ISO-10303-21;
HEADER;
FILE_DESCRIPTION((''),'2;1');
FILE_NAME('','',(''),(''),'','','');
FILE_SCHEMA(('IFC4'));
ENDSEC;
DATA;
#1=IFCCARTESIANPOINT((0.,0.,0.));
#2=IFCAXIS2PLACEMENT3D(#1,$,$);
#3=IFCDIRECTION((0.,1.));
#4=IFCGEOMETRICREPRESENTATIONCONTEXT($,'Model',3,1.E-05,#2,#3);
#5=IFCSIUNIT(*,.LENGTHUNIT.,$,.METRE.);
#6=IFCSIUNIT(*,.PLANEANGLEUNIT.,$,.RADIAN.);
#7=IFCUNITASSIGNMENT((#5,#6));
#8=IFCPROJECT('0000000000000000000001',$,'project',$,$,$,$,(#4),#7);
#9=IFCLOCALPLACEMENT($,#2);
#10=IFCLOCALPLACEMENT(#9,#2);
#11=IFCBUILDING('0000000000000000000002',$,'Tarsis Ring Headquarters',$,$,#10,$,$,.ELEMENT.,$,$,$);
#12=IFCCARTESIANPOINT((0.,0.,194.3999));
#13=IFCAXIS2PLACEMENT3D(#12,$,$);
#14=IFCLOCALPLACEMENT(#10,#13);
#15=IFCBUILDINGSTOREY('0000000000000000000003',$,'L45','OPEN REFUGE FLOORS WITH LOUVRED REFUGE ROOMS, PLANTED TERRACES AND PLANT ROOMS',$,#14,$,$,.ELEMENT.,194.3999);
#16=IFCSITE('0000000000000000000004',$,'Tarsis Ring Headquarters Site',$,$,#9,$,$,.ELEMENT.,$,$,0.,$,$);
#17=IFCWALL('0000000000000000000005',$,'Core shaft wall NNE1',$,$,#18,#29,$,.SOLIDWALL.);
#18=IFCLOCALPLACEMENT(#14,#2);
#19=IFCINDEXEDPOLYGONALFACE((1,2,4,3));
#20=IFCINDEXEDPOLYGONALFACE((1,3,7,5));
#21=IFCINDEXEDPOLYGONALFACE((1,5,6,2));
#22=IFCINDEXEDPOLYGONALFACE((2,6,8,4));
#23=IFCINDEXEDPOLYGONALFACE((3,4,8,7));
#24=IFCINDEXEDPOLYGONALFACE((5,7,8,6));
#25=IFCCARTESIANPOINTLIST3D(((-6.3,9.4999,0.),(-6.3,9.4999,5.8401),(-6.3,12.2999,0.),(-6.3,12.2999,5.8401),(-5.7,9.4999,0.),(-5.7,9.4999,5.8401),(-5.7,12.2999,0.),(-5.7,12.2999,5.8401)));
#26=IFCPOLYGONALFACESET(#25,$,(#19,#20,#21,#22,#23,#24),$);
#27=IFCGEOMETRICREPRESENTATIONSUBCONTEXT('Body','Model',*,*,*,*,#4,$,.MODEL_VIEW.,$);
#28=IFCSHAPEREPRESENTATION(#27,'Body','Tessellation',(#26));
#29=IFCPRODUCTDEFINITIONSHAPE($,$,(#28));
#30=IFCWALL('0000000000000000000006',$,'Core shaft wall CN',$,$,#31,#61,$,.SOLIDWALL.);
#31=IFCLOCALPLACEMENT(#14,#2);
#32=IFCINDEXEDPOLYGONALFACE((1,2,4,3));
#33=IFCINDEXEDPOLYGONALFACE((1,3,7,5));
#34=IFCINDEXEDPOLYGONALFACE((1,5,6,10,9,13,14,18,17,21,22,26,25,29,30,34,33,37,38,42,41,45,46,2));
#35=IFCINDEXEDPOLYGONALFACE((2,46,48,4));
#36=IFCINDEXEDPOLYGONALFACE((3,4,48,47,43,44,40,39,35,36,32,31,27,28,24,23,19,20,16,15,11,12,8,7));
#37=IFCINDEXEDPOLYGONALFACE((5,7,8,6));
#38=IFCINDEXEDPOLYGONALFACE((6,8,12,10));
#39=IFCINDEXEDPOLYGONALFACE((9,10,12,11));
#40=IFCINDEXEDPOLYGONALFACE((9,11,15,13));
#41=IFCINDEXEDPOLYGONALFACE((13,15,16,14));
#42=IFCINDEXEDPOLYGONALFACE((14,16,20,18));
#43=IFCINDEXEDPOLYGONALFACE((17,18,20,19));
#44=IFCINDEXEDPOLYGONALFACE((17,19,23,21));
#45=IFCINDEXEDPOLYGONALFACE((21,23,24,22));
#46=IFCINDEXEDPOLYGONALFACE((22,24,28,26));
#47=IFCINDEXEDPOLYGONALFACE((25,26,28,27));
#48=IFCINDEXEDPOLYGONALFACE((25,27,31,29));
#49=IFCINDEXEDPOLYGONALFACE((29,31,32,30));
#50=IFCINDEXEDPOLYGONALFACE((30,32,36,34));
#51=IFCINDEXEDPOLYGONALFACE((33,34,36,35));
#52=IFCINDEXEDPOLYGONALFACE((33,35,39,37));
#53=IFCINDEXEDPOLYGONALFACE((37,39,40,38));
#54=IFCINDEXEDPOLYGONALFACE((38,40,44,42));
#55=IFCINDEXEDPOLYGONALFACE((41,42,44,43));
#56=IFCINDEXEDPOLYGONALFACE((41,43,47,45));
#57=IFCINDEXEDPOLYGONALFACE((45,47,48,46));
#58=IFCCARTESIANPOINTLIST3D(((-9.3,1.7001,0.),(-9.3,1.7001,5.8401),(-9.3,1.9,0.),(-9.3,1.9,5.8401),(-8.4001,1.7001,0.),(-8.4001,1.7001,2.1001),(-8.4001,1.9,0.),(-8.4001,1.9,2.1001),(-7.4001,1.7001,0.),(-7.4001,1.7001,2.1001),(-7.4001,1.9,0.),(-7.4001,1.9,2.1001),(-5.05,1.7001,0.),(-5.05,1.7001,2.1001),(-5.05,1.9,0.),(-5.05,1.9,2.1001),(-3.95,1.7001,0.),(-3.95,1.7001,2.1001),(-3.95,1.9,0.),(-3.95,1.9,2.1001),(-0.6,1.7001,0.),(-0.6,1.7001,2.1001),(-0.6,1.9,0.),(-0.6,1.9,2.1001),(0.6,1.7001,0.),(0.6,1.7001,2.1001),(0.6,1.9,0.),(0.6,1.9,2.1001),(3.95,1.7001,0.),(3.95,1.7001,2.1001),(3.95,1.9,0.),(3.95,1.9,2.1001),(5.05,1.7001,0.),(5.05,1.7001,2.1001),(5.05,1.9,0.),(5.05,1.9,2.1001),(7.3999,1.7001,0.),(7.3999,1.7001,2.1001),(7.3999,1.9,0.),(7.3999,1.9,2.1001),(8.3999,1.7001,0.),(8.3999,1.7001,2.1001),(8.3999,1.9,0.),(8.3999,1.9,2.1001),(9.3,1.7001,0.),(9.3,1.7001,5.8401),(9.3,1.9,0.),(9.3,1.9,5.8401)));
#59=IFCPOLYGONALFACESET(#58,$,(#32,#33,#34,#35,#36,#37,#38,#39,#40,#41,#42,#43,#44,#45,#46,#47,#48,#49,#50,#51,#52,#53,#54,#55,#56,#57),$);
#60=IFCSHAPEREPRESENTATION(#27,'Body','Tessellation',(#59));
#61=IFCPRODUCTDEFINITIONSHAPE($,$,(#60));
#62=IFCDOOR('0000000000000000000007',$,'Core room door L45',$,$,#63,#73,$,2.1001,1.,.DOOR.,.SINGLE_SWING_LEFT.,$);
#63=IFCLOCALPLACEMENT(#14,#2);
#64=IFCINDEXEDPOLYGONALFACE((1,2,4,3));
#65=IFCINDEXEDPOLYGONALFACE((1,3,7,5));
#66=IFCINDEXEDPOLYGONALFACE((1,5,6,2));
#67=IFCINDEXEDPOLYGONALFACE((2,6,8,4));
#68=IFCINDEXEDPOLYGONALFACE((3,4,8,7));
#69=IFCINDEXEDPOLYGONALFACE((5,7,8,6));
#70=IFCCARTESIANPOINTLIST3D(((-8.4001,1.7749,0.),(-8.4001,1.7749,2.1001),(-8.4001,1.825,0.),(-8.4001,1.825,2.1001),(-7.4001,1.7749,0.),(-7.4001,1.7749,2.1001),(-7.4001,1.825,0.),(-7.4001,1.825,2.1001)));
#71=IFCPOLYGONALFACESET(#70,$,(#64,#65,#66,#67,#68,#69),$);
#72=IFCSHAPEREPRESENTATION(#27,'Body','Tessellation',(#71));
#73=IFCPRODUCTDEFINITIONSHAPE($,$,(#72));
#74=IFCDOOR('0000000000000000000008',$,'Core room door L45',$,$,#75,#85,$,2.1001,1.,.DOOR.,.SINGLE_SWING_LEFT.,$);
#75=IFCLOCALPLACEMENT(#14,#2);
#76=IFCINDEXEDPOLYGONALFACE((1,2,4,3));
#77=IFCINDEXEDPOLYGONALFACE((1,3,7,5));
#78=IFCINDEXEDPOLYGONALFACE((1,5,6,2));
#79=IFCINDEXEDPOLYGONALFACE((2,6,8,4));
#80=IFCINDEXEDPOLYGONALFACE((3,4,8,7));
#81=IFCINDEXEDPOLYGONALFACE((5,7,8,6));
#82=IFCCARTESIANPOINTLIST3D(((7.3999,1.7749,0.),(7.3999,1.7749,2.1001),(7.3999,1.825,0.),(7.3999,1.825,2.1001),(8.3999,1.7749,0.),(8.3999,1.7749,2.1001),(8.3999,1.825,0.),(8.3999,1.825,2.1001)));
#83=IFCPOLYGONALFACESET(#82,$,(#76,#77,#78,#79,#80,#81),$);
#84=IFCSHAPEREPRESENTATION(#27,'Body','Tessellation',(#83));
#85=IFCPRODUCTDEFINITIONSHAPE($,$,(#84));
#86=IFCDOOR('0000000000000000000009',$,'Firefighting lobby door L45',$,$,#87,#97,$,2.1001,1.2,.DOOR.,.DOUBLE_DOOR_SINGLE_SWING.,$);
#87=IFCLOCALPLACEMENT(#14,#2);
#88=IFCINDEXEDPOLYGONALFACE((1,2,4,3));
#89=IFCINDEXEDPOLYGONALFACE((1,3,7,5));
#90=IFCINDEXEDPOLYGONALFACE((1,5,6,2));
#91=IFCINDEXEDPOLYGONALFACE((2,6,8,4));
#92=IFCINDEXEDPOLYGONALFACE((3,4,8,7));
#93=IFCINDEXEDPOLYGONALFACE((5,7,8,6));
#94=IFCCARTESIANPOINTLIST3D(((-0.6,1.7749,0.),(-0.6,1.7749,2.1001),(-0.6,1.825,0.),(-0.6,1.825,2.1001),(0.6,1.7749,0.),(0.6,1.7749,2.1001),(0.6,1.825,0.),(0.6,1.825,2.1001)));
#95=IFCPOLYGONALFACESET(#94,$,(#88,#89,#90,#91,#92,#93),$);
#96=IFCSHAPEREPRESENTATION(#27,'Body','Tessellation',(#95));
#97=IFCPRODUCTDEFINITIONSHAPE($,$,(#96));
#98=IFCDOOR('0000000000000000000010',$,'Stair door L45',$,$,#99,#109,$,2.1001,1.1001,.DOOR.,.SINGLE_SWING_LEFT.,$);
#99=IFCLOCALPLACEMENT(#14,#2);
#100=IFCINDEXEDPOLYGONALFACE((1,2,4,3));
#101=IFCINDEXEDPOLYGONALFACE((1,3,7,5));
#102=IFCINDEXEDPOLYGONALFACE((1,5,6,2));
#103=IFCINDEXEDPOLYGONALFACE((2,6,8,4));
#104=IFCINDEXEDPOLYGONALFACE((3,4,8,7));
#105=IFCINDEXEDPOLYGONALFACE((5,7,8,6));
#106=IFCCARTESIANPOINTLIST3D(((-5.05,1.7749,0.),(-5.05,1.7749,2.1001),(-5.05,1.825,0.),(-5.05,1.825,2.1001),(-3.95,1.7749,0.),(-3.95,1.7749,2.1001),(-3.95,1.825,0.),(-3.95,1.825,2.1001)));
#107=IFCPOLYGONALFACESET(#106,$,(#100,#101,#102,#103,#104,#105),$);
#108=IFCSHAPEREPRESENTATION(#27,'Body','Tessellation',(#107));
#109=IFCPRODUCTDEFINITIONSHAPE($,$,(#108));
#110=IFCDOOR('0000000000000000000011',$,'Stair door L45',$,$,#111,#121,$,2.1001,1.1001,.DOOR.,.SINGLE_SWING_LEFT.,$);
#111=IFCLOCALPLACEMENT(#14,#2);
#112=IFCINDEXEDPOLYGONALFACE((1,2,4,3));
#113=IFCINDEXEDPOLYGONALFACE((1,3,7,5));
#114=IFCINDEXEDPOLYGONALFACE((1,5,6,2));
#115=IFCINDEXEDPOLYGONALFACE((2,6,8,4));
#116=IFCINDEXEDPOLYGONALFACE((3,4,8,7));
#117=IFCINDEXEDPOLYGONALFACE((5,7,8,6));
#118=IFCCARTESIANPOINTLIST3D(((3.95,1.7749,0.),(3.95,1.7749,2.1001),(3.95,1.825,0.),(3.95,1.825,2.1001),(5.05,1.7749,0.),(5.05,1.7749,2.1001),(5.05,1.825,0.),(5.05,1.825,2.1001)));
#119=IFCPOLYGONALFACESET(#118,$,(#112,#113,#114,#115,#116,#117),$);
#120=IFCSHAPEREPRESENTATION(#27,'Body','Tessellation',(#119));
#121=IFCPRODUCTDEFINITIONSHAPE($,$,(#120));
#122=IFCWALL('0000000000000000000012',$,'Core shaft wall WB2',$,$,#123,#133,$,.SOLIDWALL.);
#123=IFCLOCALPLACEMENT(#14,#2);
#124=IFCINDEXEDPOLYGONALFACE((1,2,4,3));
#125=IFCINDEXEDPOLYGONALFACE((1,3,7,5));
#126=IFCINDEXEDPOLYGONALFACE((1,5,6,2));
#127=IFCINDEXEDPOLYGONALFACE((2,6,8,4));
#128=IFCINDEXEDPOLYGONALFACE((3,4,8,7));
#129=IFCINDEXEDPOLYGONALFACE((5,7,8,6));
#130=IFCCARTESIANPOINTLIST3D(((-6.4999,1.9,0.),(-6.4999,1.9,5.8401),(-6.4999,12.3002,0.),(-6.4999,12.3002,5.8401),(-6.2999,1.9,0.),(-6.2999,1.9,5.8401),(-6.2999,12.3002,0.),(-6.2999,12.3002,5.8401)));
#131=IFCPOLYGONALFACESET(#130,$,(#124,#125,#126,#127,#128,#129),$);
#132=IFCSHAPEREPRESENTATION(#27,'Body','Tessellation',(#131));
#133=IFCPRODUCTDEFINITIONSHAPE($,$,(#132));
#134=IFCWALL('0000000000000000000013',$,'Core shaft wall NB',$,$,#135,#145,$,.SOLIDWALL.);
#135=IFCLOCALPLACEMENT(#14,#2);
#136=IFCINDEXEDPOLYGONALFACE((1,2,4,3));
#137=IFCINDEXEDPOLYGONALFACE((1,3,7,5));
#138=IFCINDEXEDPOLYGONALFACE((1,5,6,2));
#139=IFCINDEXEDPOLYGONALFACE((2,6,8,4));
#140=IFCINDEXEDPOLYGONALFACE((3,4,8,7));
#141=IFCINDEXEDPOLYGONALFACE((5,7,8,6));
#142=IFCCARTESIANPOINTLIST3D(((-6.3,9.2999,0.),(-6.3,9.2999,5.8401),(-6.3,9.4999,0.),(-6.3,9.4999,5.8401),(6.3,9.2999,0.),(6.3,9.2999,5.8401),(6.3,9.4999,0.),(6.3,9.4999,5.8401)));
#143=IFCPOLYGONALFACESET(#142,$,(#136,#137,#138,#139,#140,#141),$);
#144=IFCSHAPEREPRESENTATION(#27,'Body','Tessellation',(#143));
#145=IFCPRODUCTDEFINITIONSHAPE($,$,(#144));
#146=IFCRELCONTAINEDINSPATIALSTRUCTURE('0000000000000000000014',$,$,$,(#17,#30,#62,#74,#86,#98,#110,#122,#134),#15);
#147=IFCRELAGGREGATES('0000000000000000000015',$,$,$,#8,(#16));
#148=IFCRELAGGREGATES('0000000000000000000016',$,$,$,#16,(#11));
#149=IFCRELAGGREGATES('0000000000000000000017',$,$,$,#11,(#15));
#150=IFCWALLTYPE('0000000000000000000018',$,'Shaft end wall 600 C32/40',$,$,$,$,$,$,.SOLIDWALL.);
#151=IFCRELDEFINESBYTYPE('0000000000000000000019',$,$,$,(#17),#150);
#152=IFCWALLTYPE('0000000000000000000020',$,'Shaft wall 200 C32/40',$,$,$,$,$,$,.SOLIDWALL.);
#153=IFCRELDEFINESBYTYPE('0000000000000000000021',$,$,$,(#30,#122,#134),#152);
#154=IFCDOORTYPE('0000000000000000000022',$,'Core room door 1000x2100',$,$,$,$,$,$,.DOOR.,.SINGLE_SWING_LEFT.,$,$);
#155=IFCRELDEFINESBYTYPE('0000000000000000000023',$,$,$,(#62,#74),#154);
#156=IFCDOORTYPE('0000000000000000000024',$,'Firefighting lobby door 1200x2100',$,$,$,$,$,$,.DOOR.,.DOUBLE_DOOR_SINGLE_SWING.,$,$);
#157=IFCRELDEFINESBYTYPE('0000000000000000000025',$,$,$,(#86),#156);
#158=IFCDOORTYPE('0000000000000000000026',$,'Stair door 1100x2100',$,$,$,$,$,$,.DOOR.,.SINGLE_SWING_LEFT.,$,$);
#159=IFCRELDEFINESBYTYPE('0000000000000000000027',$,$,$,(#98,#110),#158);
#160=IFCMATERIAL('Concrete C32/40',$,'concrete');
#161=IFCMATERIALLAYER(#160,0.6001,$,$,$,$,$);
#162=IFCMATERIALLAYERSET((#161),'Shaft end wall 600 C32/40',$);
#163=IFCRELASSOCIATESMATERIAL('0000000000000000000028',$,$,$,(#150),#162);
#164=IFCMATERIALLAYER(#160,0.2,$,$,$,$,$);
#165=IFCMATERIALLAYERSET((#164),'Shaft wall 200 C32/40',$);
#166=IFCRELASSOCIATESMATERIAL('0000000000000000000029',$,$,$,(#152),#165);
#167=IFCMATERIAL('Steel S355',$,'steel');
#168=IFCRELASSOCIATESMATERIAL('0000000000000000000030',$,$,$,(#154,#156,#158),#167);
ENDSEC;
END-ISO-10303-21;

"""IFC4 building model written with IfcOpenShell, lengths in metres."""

from ifc_helpers import new_model, si_unit, direction, frame, frame_2d, origin, place, context, subcontext, project, spatial, rectangle, extrude, material, layer, layer_set, type_object, element, fill, save


model = new_model("IFC4")

# Units and contexts
model_context = context("Model", 3, precision=1e-05, world=origin(), true_north=direction((0.0, 1.0)))
body_context = subcontext(model_context, "Body", "Model", "MODEL_VIEW")
ifc_project = project(units=[si_unit("LENGTHUNIT", "METRE"), si_unit("PLANEANGLEUNIT", "RADIAN")], contexts=[model_context])

# Site, building, storey
site_placement = place(None, origin())
site = spatial("IfcSite", under=ifc_project, at=site_placement, Name="Tarsis Ring Headquarters Site", CompositionType="ELEMENT", RefElevation=0.0)
building_placement = place(site_placement, origin())
building = spatial("IfcBuilding", under=site, at=building_placement, Name="Tarsis Ring Headquarters", CompositionType="ELEMENT")
storey_placement = place(building_placement, frame((0.0, 0.0, 194.3999)))
storey = spatial("IfcBuildingStorey", under=building, at=storey_placement, Name="L45", Description="OPEN REFUGE FLOORS WITH LOUVRED REFUGE ROOMS, PLANTED TERRACES AND PLANT ROOMS", CompositionType="ELEMENT", Elevation=194.3999)

# Wall
ifc_material_1 = material(Name="Concrete C32/40", Category="concrete")
ifc_layer_1 = layer(ifc_material_1, 0.6001)
ifc_layer_set_1 = layer_set([ifc_layer_1], Name="Shaft end wall 600 C32/40")
wall_type_1 = type_object("IfcWallType", Name="Shaft end wall 600 C32/40", PredefinedType="SOLIDWALL", material=ifc_layer_set_1)
wall_1_placement = place(storey_placement, frame((-6.0, 9.5, 0.0), z_axis=(0.0, 0.0, 1.0), x_axis=(0.0, 1.0, 0.0)))
element("IfcWall", 1, at=wall_1_placement, inside=storey, type_object=wall_type_1, Name="Core shaft wall NNE1", PredefinedType="SOLIDWALL", context=body_context, shape_type="SweptSolid", body=[
    extrude(rectangle(XDim=2.8, YDim=0.6001, at=frame_2d((1.3999, 0.0))), origin(), (0.0, 0.0, 1.0), 5.8401),
])

# Wall, openings, doors
ifc_layer_2 = layer(ifc_material_1, 0.2)
ifc_layer_set_2 = layer_set([ifc_layer_2], Name="Shaft wall 200 C32/40")
wall_type_2 = type_object("IfcWallType", Name="Shaft wall 200 C32/40", PredefinedType="SOLIDWALL", material=ifc_layer_set_2)
wall_2_placement = place(storey_placement, frame((-9.3, 1.8, 0.0), z_axis=(0.0, 0.0, 1.0), x_axis=(1.0, 0.0, 0.0)))
wall_2 = element("IfcWall", 2, at=wall_2_placement, inside=storey, type_object=wall_type_2, Name="Core shaft wall CN", PredefinedType="SOLIDWALL", context=body_context, shape_type="SweptSolid", body=[
    extrude(rectangle(XDim=18.6001, YDim=0.2, at=frame_2d((9.3, 0.0))), origin(), (0.0, 0.0, 1.0), 5.8401),
])
opening_1_placement = place(wall_2_placement, frame((0.8999, 0.0, 0.0)))
opening_1 = element("IfcOpeningElement", 3, at=opening_1_placement, cuts=wall_2, PredefinedType="OPENING", context=body_context, shape_type="SweptSolid", body=[
    extrude(rectangle(XDim=1.0, YDim=2.1001, at=frame_2d((0.5, 1.05))), frame((0.0, 0.1099, 0.0), z_axis=(0.0, -1.0, 0.0), x_axis=(1.0, 0.0, 0.0)), (0.0, 0.0, 1.0), 0.22),
])
opening_2_placement = place(wall_2_placement, frame((4.25, 0.0, 0.0)))
opening_2 = element("IfcOpeningElement", 4, at=opening_2_placement, cuts=wall_2, PredefinedType="OPENING", context=body_context, shape_type="SweptSolid", body=[
    extrude(rectangle(XDim=1.1001, YDim=2.1001, at=frame_2d((0.55, 1.05))), frame((0.0, 0.1099, 0.0), z_axis=(0.0, -1.0, 0.0), x_axis=(1.0, 0.0, 0.0)), (0.0, 0.0, 1.0), 0.22),
])
opening_3_placement = place(wall_2_placement, frame((8.7, 0.0, 0.0)))
opening_3 = element("IfcOpeningElement", 5, at=opening_3_placement, cuts=wall_2, PredefinedType="OPENING", context=body_context, shape_type="SweptSolid", body=[
    extrude(rectangle(XDim=1.2, YDim=2.1001, at=frame_2d((0.6001, 1.05))), frame((0.0, 0.1099, 0.0), z_axis=(0.0, -1.0, 0.0), x_axis=(1.0, 0.0, 0.0)), (0.0, 0.0, 1.0), 0.22),
])
opening_4_placement = place(wall_2_placement, frame((13.25, 0.0, 0.0)))
opening_4 = element("IfcOpeningElement", 6, at=opening_4_placement, cuts=wall_2, PredefinedType="OPENING", context=body_context, shape_type="SweptSolid", body=[
    extrude(rectangle(XDim=1.1001, YDim=2.1001, at=frame_2d((0.55, 1.05))), frame((0.0, 0.1099, 0.0), z_axis=(0.0, -1.0, 0.0), x_axis=(1.0, 0.0, 0.0)), (0.0, 0.0, 1.0), 0.22),
])
opening_5_placement = place(wall_2_placement, frame((16.7, 0.0, 0.0)))
opening_5 = element("IfcOpeningElement", 7, at=opening_5_placement, cuts=wall_2, PredefinedType="OPENING", context=body_context, shape_type="SweptSolid", body=[
    extrude(rectangle(XDim=1.0, YDim=2.1001, at=frame_2d((0.5, 1.05))), frame((0.0, 0.1099, 0.0), z_axis=(0.0, -1.0, 0.0), x_axis=(1.0, 0.0, 0.0)), (0.0, 0.0, 1.0), 0.22),
])
ifc_material_2 = material(Name="Steel S355", Category="steel")
door_type_1 = type_object("IfcDoorType", Name="Core room door 1000x2100", OperationType="SINGLE_SWING_LEFT", PredefinedType="DOOR", material=ifc_material_2)
door_1_placement = place(opening_1_placement, origin())
door_1 = element("IfcDoor", 8, at=door_1_placement, inside=storey, type_object=door_type_1, Name="Core room door L45", OperationType="SINGLE_SWING_LEFT", OverallHeight=2.1001, OverallWidth=1.0, PredefinedType="DOOR", context=body_context, shape_type="SweptSolid", body=[
    extrude(rectangle(XDim=1.0, YDim=2.1001, at=frame_2d((0.5, 1.05))), frame((0.0, 0.0249, 0.0), z_axis=(0.0, -1.0, 0.0), x_axis=(1.0, 0.0, 0.0)), (0.0, 0.0, 1.0), 0.05),
])
fill(opening_1, door_1)
door_2_placement = place(opening_5_placement, origin())
door_2 = element("IfcDoor", 9, at=door_2_placement, inside=storey, type_object=door_type_1, Name="Core room door L45", OperationType="SINGLE_SWING_LEFT", OverallHeight=2.1001, OverallWidth=1.0, PredefinedType="DOOR", context=body_context, shape_type="SweptSolid", body=[
    extrude(rectangle(XDim=1.0, YDim=2.1001, at=frame_2d((0.5, 1.05))), frame((0.0, 0.0249, 0.0), z_axis=(0.0, -1.0, 0.0), x_axis=(1.0, 0.0, 0.0)), (0.0, 0.0, 1.0), 0.05),
])
fill(opening_5, door_2)
door_type_2 = type_object("IfcDoorType", Name="Firefighting lobby door 1200x2100", OperationType="DOUBLE_DOOR_SINGLE_SWING", PredefinedType="DOOR", material=ifc_material_2)
door_3_placement = place(opening_3_placement, origin())
door_3 = element("IfcDoor", 10, at=door_3_placement, inside=storey, type_object=door_type_2, Name="Firefighting lobby door L45", OperationType="DOUBLE_DOOR_SINGLE_SWING", OverallHeight=2.1001, OverallWidth=1.2, PredefinedType="DOOR", context=body_context, shape_type="SweptSolid", body=[
    extrude(rectangle(XDim=1.2, YDim=2.1001, at=frame_2d((0.6001, 1.05))), frame((0.0, 0.0249, 0.0), z_axis=(0.0, -1.0, 0.0), x_axis=(1.0, 0.0, 0.0)), (0.0, 0.0, 1.0), 0.05),
])
fill(opening_3, door_3)
door_type_3 = type_object("IfcDoorType", Name="Stair door 1100x2100", OperationType="SINGLE_SWING_LEFT", PredefinedType="DOOR", material=ifc_material_2)
door_4_placement = place(opening_2_placement, origin())
door_4 = element("IfcDoor", 11, at=door_4_placement, inside=storey, type_object=door_type_3, Name="Stair door L45", OperationType="SINGLE_SWING_LEFT", OverallHeight=2.1001, OverallWidth=1.1001, PredefinedType="DOOR", context=body_context, shape_type="SweptSolid", body=[
    extrude(rectangle(XDim=1.1001, YDim=2.1001, at=frame_2d((0.55, 1.05))), frame((0.0, 0.0249, 0.0), z_axis=(0.0, -1.0, 0.0), x_axis=(1.0, 0.0, 0.0)), (0.0, 0.0, 1.0), 0.05),
])
fill(opening_2, door_4)
door_5_placement = place(opening_4_placement, origin())
door_5 = element("IfcDoor", 12, at=door_5_placement, inside=storey, type_object=door_type_3, Name="Stair door L45", OperationType="SINGLE_SWING_LEFT", OverallHeight=2.1001, OverallWidth=1.1001, PredefinedType="DOOR", context=body_context, shape_type="SweptSolid", body=[
    extrude(rectangle(XDim=1.1001, YDim=2.1001, at=frame_2d((0.55, 1.05))), frame((0.0, 0.0249, 0.0), z_axis=(0.0, -1.0, 0.0), x_axis=(1.0, 0.0, 0.0)), (0.0, 0.0, 1.0), 0.05),
])
fill(opening_4, door_5)

# Walls
wall_3_placement = place(storey_placement, frame((-6.3999, 1.8999, 0.0), z_axis=(0.0, 0.0, 1.0), x_axis=(0.0, 1.0, 0.0)))
element("IfcWall", 13, at=wall_3_placement, inside=storey, type_object=wall_type_2, Name="Core shaft wall WB2", PredefinedType="SOLIDWALL", context=body_context, shape_type="SweptSolid", body=[
    extrude(rectangle(XDim=10.4001, YDim=0.2, at=frame_2d((5.2002, 0.0))), origin(), (0.0, 0.0, 1.0), 5.8401),
])
wall_4_placement = place(storey_placement, frame((-6.3, 9.3999, 0.0), z_axis=(0.0, 0.0, 1.0), x_axis=(1.0, 0.0, 0.0)))
element("IfcWall", 14, at=wall_4_placement, inside=storey, type_object=wall_type_2, Name="Core shaft wall NB", PredefinedType="SOLIDWALL", context=body_context, shape_type="SweptSolid", body=[
    extrude(rectangle(XDim=12.6001, YDim=0.2, at=frame_2d((6.3, 0.0))), origin(), (0.0, 0.0, 1.0), 5.8401),
])

save(model, "model.ifc")
